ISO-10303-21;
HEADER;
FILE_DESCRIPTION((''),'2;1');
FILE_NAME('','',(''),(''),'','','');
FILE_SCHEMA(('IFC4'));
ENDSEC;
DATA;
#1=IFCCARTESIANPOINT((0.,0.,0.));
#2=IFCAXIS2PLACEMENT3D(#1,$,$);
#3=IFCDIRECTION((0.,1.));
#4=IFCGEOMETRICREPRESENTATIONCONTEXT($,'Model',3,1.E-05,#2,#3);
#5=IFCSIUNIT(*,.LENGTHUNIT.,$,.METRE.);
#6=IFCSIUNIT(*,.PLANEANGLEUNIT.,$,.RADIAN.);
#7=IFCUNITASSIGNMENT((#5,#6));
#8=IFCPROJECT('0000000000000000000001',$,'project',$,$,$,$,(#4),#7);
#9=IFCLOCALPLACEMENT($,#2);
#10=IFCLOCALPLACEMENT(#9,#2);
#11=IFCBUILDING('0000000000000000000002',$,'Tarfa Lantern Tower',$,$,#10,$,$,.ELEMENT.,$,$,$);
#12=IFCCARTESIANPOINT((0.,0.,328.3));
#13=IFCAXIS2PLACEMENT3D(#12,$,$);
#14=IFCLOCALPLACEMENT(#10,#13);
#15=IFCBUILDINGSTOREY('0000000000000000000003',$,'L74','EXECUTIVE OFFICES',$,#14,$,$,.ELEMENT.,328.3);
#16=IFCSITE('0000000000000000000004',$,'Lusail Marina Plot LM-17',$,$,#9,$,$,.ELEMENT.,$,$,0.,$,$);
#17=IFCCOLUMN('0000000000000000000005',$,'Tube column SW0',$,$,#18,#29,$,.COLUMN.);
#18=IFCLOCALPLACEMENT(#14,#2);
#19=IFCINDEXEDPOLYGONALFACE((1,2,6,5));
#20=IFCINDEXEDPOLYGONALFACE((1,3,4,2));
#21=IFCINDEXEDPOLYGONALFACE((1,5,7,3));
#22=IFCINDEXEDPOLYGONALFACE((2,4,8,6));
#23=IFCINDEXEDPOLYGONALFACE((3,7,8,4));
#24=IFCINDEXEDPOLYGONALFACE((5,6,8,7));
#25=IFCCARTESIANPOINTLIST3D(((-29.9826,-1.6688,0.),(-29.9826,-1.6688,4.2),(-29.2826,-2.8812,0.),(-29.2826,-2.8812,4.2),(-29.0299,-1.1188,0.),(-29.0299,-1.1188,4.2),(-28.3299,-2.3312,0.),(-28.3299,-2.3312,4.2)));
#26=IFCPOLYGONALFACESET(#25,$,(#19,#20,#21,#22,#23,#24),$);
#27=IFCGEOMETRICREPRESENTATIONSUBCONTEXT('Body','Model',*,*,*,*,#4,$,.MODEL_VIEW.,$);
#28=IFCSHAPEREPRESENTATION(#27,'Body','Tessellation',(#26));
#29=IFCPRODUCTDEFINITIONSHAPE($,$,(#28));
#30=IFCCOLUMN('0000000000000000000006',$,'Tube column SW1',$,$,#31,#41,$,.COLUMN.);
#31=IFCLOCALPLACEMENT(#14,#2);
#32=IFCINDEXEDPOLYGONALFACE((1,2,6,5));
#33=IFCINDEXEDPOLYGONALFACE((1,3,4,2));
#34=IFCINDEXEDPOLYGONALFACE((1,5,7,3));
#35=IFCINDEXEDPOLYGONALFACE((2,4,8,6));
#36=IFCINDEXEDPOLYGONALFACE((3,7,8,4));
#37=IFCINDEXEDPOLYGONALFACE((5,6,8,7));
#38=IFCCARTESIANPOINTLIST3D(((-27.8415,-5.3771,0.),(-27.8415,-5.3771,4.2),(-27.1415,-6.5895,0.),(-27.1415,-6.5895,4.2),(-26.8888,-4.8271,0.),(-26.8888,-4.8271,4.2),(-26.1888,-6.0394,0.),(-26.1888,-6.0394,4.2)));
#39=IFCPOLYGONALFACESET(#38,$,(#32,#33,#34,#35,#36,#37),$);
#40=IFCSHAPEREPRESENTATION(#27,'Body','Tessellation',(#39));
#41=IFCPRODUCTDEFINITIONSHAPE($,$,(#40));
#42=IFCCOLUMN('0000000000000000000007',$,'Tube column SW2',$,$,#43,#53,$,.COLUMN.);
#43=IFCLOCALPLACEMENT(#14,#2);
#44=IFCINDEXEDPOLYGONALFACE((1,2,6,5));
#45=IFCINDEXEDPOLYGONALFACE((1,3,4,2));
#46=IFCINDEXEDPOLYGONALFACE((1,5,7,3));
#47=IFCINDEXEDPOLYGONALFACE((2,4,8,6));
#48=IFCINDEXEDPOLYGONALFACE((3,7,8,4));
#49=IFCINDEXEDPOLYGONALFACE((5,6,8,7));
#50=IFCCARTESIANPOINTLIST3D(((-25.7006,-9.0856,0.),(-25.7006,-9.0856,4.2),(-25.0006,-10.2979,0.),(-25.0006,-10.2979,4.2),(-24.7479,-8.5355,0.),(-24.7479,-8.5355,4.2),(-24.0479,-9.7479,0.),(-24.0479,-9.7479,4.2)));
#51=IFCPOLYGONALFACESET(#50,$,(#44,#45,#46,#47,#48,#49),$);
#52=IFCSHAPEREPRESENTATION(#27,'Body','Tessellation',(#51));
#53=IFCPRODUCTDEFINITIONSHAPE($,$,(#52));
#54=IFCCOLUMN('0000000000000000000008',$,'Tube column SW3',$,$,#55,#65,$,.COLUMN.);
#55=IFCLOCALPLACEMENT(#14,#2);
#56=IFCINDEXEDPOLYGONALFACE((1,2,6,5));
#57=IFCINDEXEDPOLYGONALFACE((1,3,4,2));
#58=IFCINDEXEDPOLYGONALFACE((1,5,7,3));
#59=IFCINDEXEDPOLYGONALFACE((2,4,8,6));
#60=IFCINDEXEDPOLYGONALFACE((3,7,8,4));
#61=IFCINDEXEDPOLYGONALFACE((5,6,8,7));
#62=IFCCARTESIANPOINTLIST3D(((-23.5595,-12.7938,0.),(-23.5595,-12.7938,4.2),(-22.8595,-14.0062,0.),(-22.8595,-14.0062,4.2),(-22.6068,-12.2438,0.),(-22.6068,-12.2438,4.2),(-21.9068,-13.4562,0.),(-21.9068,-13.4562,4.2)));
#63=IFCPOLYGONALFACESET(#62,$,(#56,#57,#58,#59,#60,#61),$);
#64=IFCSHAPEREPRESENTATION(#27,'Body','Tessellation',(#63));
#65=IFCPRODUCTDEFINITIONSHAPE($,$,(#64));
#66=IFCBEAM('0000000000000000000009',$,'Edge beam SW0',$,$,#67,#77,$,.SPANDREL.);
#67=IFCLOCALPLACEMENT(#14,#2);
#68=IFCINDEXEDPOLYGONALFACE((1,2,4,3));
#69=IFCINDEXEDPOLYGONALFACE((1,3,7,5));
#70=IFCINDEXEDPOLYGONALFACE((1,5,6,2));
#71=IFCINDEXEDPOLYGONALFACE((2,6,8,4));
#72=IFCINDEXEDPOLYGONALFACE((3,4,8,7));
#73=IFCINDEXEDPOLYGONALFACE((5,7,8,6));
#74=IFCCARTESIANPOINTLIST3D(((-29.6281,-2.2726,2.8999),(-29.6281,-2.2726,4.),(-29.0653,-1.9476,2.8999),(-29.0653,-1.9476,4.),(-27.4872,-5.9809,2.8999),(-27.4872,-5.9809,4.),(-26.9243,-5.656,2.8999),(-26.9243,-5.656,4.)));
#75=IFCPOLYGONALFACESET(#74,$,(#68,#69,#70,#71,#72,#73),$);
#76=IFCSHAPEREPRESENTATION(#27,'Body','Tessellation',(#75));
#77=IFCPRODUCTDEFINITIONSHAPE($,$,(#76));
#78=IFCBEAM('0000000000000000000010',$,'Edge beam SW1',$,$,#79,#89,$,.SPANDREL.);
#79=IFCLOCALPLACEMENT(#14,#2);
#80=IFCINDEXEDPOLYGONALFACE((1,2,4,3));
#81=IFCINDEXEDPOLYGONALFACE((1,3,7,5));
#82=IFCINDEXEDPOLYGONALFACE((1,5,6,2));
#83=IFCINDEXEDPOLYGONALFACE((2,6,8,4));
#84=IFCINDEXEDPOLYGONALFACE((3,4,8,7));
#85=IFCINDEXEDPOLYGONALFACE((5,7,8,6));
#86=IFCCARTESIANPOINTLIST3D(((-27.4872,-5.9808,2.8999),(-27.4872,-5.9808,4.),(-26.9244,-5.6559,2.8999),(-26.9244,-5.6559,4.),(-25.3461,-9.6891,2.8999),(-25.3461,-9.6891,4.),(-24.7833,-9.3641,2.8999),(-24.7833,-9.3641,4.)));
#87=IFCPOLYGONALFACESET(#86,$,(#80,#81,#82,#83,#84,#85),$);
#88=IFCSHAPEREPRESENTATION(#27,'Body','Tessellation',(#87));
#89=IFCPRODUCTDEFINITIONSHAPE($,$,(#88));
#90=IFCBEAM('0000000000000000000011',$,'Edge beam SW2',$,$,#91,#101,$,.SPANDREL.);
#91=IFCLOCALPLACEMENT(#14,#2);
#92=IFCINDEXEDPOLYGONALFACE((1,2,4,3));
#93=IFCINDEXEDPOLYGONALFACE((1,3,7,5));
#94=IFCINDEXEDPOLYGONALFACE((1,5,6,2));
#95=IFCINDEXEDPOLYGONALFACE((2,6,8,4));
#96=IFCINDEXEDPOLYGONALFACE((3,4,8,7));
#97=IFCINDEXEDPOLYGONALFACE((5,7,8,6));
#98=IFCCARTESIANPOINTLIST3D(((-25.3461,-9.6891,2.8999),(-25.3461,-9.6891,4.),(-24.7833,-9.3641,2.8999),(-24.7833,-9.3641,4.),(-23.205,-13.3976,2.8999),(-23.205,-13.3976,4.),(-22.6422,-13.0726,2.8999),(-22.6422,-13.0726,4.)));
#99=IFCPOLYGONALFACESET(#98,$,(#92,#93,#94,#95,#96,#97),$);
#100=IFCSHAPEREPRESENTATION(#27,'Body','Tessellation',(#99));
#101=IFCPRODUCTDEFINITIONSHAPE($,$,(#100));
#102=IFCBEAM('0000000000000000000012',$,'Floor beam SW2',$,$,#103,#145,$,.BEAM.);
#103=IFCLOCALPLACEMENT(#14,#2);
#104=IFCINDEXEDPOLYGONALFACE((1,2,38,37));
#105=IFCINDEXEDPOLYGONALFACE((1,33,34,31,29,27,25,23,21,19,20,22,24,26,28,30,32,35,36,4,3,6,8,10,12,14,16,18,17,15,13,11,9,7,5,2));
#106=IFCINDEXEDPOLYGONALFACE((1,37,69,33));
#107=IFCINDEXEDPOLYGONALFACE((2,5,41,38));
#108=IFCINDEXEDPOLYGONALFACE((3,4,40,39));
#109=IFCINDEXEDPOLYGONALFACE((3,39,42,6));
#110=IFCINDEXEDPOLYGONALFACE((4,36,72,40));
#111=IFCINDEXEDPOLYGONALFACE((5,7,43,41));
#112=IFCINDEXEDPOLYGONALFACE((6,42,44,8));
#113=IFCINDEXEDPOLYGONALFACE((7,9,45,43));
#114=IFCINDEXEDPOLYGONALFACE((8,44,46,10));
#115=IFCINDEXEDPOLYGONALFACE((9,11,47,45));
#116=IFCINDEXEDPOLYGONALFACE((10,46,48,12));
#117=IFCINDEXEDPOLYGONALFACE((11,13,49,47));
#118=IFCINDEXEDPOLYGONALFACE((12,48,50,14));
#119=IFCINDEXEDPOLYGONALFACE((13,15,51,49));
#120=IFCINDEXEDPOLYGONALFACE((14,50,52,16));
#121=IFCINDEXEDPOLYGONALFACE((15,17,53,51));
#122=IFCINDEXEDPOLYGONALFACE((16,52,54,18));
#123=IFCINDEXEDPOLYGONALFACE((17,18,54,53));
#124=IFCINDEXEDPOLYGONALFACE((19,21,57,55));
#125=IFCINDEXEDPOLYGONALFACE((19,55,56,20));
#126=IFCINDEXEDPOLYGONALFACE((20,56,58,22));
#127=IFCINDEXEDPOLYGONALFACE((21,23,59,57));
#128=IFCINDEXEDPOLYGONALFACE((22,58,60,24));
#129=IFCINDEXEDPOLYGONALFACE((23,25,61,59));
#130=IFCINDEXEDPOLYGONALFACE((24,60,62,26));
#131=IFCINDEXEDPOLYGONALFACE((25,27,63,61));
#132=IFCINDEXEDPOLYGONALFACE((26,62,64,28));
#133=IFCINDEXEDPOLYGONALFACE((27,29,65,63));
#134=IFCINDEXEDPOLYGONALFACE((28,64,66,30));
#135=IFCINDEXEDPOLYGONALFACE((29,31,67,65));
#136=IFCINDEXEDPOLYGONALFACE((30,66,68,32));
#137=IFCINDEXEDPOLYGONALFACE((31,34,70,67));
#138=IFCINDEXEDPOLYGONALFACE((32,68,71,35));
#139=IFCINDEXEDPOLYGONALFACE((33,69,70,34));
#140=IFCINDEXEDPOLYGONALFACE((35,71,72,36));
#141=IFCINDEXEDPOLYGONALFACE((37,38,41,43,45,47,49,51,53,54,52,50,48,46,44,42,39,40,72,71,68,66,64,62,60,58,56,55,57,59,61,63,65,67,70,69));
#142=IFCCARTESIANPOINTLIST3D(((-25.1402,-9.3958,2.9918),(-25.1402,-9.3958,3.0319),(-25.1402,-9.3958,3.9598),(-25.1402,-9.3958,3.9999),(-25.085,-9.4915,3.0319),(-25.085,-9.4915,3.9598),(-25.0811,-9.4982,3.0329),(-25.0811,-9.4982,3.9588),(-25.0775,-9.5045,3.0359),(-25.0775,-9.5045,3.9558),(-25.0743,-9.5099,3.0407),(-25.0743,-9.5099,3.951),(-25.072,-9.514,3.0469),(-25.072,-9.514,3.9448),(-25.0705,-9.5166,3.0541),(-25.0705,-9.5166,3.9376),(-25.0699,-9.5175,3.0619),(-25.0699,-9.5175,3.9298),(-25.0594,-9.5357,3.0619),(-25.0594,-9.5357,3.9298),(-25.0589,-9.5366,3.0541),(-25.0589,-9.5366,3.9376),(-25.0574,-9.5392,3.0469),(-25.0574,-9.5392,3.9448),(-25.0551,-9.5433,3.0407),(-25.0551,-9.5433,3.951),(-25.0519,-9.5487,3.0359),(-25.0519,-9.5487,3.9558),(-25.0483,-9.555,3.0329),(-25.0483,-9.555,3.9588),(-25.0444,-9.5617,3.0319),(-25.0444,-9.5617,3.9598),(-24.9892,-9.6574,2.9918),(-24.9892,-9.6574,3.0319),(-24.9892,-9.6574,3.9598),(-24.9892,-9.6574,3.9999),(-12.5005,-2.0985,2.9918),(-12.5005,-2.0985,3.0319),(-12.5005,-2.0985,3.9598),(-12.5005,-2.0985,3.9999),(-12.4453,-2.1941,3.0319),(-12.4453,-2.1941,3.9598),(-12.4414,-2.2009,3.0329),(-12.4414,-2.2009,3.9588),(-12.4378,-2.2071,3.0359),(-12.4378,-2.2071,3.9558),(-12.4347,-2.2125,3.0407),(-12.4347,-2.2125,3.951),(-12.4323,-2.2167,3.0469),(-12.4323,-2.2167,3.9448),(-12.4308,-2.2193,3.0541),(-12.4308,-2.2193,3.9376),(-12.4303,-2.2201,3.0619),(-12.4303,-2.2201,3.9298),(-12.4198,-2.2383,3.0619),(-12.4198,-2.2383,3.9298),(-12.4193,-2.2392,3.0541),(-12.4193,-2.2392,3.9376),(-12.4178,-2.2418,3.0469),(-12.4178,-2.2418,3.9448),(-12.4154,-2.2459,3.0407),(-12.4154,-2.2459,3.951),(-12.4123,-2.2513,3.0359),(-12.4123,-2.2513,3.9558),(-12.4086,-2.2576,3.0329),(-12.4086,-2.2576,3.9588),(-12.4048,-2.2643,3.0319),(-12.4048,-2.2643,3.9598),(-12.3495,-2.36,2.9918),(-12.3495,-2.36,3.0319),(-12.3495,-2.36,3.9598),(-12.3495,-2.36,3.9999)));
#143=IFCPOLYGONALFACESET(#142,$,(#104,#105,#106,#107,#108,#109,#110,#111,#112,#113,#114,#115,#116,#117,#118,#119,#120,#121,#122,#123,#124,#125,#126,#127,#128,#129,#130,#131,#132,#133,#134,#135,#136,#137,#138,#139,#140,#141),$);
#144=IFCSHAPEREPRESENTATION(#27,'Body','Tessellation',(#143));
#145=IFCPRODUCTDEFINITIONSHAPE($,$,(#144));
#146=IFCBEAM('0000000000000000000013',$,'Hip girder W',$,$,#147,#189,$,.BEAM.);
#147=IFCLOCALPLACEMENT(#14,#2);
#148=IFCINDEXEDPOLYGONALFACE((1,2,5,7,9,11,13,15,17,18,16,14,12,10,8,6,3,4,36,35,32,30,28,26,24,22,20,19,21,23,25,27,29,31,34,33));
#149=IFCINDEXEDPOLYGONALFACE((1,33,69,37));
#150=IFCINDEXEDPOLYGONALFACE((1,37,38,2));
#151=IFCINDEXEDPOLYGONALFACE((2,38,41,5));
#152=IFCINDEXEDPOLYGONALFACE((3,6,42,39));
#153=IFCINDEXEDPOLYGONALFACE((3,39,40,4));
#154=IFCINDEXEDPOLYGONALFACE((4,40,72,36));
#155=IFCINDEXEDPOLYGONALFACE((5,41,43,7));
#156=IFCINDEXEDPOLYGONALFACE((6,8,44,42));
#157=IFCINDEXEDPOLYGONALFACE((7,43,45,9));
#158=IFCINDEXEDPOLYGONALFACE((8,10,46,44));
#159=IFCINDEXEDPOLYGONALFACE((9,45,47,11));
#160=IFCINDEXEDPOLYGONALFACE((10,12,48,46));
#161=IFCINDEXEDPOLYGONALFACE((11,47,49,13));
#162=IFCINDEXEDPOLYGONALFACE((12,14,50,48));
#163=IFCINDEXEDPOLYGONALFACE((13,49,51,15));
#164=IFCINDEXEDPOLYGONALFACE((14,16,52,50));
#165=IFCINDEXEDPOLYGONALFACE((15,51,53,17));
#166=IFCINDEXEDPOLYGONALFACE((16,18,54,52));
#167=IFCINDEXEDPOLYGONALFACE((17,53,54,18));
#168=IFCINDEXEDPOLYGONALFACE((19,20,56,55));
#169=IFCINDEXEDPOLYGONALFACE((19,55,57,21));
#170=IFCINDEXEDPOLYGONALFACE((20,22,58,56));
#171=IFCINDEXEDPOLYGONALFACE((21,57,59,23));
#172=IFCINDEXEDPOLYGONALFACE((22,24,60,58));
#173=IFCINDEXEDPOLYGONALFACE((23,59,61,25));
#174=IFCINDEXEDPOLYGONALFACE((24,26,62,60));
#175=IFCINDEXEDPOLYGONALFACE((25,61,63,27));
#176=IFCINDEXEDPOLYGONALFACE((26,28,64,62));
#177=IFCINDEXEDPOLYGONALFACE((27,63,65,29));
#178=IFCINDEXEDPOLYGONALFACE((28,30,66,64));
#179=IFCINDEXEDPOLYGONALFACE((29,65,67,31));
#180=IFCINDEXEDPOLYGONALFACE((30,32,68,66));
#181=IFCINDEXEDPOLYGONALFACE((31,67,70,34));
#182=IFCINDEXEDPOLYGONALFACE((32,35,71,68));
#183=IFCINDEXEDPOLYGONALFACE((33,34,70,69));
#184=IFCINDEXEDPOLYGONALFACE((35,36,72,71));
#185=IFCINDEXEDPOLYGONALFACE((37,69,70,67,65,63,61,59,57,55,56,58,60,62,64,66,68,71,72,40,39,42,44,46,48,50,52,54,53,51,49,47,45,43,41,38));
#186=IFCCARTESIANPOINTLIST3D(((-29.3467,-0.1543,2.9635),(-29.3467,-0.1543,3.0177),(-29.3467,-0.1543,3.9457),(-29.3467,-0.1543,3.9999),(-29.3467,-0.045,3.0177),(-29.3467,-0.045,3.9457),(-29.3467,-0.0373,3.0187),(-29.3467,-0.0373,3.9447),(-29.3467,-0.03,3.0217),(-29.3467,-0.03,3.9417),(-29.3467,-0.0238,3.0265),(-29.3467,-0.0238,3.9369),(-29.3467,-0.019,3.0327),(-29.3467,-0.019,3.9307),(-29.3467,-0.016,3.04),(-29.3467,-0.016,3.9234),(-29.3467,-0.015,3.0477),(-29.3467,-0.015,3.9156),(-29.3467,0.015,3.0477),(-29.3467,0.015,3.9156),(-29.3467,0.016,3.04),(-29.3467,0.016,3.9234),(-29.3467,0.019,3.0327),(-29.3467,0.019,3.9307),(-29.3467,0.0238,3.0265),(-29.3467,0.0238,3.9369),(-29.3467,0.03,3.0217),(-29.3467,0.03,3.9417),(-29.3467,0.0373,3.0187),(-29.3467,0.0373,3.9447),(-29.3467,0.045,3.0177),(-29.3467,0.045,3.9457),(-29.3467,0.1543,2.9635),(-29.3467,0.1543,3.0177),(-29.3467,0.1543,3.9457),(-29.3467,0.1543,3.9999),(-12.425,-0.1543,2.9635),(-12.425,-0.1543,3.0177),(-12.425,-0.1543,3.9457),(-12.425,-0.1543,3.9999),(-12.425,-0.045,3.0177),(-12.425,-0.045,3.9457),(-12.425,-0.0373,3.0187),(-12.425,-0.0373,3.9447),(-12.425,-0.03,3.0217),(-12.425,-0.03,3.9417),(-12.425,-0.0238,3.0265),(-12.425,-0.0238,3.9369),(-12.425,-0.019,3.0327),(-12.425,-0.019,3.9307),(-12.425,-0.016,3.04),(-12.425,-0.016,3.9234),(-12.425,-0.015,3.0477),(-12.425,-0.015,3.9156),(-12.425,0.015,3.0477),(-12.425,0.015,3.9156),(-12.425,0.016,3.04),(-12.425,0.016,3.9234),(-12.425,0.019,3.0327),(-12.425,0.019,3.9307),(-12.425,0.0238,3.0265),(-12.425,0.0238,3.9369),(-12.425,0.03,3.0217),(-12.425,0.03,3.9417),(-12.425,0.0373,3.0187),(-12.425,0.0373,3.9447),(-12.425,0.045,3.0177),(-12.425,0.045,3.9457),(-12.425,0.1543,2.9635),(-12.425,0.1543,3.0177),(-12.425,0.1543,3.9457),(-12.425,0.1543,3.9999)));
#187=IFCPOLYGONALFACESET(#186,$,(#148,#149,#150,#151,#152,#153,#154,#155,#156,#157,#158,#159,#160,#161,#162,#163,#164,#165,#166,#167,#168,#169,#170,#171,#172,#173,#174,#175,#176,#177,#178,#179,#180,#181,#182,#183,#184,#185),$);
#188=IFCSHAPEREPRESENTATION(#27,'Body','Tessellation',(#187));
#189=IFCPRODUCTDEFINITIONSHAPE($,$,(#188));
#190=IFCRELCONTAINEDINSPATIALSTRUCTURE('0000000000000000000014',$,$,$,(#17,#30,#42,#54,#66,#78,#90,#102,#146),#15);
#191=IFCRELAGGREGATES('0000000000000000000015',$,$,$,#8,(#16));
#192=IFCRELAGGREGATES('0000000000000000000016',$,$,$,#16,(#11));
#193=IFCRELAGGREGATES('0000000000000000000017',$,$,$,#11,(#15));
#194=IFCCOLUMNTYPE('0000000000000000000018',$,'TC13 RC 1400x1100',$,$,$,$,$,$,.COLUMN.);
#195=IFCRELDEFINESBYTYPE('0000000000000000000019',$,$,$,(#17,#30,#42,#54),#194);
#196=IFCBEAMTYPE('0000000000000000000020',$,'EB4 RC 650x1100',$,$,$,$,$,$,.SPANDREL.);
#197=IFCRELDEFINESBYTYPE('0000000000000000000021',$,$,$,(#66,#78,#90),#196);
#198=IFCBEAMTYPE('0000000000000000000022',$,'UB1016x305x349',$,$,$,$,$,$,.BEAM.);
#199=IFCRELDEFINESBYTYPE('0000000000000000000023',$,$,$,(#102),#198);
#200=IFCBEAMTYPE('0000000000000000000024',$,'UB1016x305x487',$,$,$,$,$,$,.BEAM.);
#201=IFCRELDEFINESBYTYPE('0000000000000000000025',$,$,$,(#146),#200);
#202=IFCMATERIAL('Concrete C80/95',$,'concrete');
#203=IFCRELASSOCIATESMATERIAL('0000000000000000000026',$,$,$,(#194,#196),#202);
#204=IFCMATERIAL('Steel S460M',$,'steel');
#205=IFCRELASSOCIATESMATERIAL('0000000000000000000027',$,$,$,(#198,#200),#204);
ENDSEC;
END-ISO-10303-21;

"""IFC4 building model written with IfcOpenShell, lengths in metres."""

from ifc_helpers import new_model, si_unit, direction, frame, origin, origin_2d, place, context, subcontext, project, spatial, rectangle, i_section, extrude, material, material_profile, profile_set, type_object, element, save


model = new_model("IFC4")

# Units and contexts
model_context = context("Model", 3, precision=1e-05, world=origin(), true_north=direction((0.0, 1.0)))
body_context = subcontext(model_context, "Body", "Model", "MODEL_VIEW")
ifc_project = project(units=[si_unit("LENGTHUNIT", "METRE"), si_unit("PLANEANGLEUNIT", "RADIAN")], contexts=[model_context])

# Site, building, storey
site_placement = place(None, origin())
site = spatial("IfcSite", under=ifc_project, at=site_placement, Name="Lusail Marina Plot LM-17", CompositionType="ELEMENT", RefElevation=0.0)
building_placement = place(site_placement, origin())
building = spatial("IfcBuilding", under=site, at=building_placement, Name="Tarfa Lantern Tower", CompositionType="ELEMENT")
storey_placement = place(building_placement, frame((0.0, 0.0, 328.3)))
storey = spatial("IfcBuildingStorey", under=building, at=storey_placement, Name="L74", Description="EXECUTIVE OFFICES", CompositionType="ELEMENT", Elevation=328.3)

# Columns
ifc_material_1 = material(Name="Concrete C80/95", Category="concrete")
ifc_material_profile_1 = material_profile(ifc_material_1, rectangle(XDim=1.3999, YDim=1.1001, at=origin_2d()), Name="RC 1400x1100")
ifc_profile_set_1 = profile_set([ifc_material_profile_1], Name="Concrete C80/95")
column_type = type_object("IfcColumnType", Name="TC13 RC 1400x1100", PredefinedType="COLUMN", material=ifc_profile_set_1)
for number, where, z_axis, x_axis, name in (
    (1, (-29.1562, -2.0, 0.0), (0.0, 0.0, 1.0), (0.5, -0.866025, 0.0), "Tube column SW0"),
    (2, (-27.0151, -5.7083, 0.0), (0.0, 0.0, 1.0), (0.5, -0.866025, 0.0), "Tube column SW1"),
    (3, (-24.8743, -9.4167, 0.0), (0.0, 0.0, 1.0), (0.5, -0.866025, 0.0), "Tube column SW2"),
    (4, (-22.7332, -13.125, 0.0), (0.0, 0.0, 1.0), (0.5, -0.866025, 0.0), "Tube column SW3"),
):
    element("IfcColumn", number, at=place(storey_placement, frame(where, z_axis=z_axis, x_axis=x_axis)), inside=storey, type_object=column_type, Name=name, PredefinedType="COLUMN", context=body_context, shape_type="SweptSolid", body=[
        extrude(rectangle(XDim=1.3999, YDim=1.1001, at=origin_2d()), origin(), (0.0, 0.0, 1.0), 4.2),
    ])

# Beams
ifc_material_profile_2 = material_profile(ifc_material_1, rectangle(XDim=0.6499, YDim=1.1001, at=origin_2d()), Name="RC 650x1100")
ifc_profile_set_2 = profile_set([ifc_material_profile_2], Name="Concrete C80/95")
beam_type_1 = type_object("IfcBeamType", Name="EB4 RC 650x1100", PredefinedType="SPANDREL", material=ifc_profile_set_2)
for number, where, z_axis, x_axis, name in (
    (5, (-29.3467, -2.1101, 3.45), (0.499984, -0.866035, 0.0), (0.866035, 0.499984, 0.0), "Edge beam SW0"),
    (6, (-27.2058, -5.8184, 3.45), (0.500027, -0.86601, 0.0), (0.86601, 0.500027, 0.0), "Edge beam SW1"),
):
    element("IfcBeam", number, at=place(storey_placement, frame(where, z_axis=z_axis, x_axis=x_axis)), inside=storey, type_object=beam_type_1, Name=name, PredefinedType="SPANDREL", context=body_context, shape_type="SweptSolid", body=[
        extrude(rectangle(XDim=0.6499, YDim=1.1001, at=origin_2d()), origin(), (0.0, 0.0, 1.0), 4.282),
    ])
beam_1_placement = place(storey_placement, frame((-25.0647, -9.5266, 3.45), z_axis=(0.500002, -0.866024, 0.0), x_axis=(0.866024, 0.500002, 0.0)))
element("IfcBeam", 7, at=beam_1_placement, inside=storey, type_object=beam_type_1, Name="Edge beam SW2", PredefinedType="SPANDREL", context=body_context, shape_type="SweptSolid", body=[
    extrude(rectangle(XDim=0.6499, YDim=1.1001, at=origin_2d()), origin(), (0.0, 0.0, 1.0), 4.2822),
])
ifc_material_2 = material(Name="Steel S460M", Category="steel")
ifc_material_profile_3 = material_profile(ifc_material_2, i_section(OverallWidth=0.302, OverallDepth=1.0081, WebThickness=0.021, FlangeThickness=0.04, FilletRadius=0.03, at=origin_2d()), Name="UB1016x305x349")
ifc_profile_set_3 = profile_set([ifc_material_profile_3], Name="Steel S460M")
beam_type_2 = type_object("IfcBeamType", Name="UB1016x305x349", PredefinedType="BEAM", material=ifc_profile_set_3)
beam_2_placement = place(storey_placement, frame((-25.0647, -9.5266, 3.4958), z_axis=(0.86603, 0.499993, 0.0), x_axis=(-0.499993, 0.86603, 0.0)))
element("IfcBeam", 8, at=beam_2_placement, inside=storey, type_object=beam_type_2, Name="Floor beam SW2", PredefinedType="BEAM", context=body_context, shape_type="SweptSolid", body=[
    extrude(i_section(OverallWidth=0.302, OverallDepth=1.0081, WebThickness=0.021, FlangeThickness=0.04, FilletRadius=0.03, at=origin_2d()), origin(), (0.0, 0.0, 1.0), 14.595),
])
ifc_material_profile_4 = material_profile(ifc_material_2, i_section(OverallWidth=0.3086, OverallDepth=1.0364, WebThickness=0.03, FlangeThickness=0.0542, FilletRadius=0.03, at=origin_2d()), Name="UB1016x305x487")
ifc_profile_set_4 = profile_set([ifc_material_profile_4], Name="Steel S460M")
beam_type_3 = type_object("IfcBeamType", Name="UB1016x305x487", PredefinedType="BEAM", material=ifc_profile_set_4)
beam_3_placement = place(storey_placement, frame((-12.425, 0.0, 3.4817), z_axis=(-1.0, 0.0, 0.0), x_axis=(0.0, -1.0, 0.0)))
element("IfcBeam", 9, at=beam_3_placement, inside=storey, type_object=beam_type_3, Name="Hip girder W", PredefinedType="BEAM", context=body_context, shape_type="SweptSolid", body=[
    extrude(i_section(OverallWidth=0.3086, OverallDepth=1.0364, WebThickness=0.03, FlangeThickness=0.0542, FilletRadius=0.03, at=origin_2d()), origin(), (0.0, 0.0, 1.0), 16.9216),
])

save(model, "model.ifc")
